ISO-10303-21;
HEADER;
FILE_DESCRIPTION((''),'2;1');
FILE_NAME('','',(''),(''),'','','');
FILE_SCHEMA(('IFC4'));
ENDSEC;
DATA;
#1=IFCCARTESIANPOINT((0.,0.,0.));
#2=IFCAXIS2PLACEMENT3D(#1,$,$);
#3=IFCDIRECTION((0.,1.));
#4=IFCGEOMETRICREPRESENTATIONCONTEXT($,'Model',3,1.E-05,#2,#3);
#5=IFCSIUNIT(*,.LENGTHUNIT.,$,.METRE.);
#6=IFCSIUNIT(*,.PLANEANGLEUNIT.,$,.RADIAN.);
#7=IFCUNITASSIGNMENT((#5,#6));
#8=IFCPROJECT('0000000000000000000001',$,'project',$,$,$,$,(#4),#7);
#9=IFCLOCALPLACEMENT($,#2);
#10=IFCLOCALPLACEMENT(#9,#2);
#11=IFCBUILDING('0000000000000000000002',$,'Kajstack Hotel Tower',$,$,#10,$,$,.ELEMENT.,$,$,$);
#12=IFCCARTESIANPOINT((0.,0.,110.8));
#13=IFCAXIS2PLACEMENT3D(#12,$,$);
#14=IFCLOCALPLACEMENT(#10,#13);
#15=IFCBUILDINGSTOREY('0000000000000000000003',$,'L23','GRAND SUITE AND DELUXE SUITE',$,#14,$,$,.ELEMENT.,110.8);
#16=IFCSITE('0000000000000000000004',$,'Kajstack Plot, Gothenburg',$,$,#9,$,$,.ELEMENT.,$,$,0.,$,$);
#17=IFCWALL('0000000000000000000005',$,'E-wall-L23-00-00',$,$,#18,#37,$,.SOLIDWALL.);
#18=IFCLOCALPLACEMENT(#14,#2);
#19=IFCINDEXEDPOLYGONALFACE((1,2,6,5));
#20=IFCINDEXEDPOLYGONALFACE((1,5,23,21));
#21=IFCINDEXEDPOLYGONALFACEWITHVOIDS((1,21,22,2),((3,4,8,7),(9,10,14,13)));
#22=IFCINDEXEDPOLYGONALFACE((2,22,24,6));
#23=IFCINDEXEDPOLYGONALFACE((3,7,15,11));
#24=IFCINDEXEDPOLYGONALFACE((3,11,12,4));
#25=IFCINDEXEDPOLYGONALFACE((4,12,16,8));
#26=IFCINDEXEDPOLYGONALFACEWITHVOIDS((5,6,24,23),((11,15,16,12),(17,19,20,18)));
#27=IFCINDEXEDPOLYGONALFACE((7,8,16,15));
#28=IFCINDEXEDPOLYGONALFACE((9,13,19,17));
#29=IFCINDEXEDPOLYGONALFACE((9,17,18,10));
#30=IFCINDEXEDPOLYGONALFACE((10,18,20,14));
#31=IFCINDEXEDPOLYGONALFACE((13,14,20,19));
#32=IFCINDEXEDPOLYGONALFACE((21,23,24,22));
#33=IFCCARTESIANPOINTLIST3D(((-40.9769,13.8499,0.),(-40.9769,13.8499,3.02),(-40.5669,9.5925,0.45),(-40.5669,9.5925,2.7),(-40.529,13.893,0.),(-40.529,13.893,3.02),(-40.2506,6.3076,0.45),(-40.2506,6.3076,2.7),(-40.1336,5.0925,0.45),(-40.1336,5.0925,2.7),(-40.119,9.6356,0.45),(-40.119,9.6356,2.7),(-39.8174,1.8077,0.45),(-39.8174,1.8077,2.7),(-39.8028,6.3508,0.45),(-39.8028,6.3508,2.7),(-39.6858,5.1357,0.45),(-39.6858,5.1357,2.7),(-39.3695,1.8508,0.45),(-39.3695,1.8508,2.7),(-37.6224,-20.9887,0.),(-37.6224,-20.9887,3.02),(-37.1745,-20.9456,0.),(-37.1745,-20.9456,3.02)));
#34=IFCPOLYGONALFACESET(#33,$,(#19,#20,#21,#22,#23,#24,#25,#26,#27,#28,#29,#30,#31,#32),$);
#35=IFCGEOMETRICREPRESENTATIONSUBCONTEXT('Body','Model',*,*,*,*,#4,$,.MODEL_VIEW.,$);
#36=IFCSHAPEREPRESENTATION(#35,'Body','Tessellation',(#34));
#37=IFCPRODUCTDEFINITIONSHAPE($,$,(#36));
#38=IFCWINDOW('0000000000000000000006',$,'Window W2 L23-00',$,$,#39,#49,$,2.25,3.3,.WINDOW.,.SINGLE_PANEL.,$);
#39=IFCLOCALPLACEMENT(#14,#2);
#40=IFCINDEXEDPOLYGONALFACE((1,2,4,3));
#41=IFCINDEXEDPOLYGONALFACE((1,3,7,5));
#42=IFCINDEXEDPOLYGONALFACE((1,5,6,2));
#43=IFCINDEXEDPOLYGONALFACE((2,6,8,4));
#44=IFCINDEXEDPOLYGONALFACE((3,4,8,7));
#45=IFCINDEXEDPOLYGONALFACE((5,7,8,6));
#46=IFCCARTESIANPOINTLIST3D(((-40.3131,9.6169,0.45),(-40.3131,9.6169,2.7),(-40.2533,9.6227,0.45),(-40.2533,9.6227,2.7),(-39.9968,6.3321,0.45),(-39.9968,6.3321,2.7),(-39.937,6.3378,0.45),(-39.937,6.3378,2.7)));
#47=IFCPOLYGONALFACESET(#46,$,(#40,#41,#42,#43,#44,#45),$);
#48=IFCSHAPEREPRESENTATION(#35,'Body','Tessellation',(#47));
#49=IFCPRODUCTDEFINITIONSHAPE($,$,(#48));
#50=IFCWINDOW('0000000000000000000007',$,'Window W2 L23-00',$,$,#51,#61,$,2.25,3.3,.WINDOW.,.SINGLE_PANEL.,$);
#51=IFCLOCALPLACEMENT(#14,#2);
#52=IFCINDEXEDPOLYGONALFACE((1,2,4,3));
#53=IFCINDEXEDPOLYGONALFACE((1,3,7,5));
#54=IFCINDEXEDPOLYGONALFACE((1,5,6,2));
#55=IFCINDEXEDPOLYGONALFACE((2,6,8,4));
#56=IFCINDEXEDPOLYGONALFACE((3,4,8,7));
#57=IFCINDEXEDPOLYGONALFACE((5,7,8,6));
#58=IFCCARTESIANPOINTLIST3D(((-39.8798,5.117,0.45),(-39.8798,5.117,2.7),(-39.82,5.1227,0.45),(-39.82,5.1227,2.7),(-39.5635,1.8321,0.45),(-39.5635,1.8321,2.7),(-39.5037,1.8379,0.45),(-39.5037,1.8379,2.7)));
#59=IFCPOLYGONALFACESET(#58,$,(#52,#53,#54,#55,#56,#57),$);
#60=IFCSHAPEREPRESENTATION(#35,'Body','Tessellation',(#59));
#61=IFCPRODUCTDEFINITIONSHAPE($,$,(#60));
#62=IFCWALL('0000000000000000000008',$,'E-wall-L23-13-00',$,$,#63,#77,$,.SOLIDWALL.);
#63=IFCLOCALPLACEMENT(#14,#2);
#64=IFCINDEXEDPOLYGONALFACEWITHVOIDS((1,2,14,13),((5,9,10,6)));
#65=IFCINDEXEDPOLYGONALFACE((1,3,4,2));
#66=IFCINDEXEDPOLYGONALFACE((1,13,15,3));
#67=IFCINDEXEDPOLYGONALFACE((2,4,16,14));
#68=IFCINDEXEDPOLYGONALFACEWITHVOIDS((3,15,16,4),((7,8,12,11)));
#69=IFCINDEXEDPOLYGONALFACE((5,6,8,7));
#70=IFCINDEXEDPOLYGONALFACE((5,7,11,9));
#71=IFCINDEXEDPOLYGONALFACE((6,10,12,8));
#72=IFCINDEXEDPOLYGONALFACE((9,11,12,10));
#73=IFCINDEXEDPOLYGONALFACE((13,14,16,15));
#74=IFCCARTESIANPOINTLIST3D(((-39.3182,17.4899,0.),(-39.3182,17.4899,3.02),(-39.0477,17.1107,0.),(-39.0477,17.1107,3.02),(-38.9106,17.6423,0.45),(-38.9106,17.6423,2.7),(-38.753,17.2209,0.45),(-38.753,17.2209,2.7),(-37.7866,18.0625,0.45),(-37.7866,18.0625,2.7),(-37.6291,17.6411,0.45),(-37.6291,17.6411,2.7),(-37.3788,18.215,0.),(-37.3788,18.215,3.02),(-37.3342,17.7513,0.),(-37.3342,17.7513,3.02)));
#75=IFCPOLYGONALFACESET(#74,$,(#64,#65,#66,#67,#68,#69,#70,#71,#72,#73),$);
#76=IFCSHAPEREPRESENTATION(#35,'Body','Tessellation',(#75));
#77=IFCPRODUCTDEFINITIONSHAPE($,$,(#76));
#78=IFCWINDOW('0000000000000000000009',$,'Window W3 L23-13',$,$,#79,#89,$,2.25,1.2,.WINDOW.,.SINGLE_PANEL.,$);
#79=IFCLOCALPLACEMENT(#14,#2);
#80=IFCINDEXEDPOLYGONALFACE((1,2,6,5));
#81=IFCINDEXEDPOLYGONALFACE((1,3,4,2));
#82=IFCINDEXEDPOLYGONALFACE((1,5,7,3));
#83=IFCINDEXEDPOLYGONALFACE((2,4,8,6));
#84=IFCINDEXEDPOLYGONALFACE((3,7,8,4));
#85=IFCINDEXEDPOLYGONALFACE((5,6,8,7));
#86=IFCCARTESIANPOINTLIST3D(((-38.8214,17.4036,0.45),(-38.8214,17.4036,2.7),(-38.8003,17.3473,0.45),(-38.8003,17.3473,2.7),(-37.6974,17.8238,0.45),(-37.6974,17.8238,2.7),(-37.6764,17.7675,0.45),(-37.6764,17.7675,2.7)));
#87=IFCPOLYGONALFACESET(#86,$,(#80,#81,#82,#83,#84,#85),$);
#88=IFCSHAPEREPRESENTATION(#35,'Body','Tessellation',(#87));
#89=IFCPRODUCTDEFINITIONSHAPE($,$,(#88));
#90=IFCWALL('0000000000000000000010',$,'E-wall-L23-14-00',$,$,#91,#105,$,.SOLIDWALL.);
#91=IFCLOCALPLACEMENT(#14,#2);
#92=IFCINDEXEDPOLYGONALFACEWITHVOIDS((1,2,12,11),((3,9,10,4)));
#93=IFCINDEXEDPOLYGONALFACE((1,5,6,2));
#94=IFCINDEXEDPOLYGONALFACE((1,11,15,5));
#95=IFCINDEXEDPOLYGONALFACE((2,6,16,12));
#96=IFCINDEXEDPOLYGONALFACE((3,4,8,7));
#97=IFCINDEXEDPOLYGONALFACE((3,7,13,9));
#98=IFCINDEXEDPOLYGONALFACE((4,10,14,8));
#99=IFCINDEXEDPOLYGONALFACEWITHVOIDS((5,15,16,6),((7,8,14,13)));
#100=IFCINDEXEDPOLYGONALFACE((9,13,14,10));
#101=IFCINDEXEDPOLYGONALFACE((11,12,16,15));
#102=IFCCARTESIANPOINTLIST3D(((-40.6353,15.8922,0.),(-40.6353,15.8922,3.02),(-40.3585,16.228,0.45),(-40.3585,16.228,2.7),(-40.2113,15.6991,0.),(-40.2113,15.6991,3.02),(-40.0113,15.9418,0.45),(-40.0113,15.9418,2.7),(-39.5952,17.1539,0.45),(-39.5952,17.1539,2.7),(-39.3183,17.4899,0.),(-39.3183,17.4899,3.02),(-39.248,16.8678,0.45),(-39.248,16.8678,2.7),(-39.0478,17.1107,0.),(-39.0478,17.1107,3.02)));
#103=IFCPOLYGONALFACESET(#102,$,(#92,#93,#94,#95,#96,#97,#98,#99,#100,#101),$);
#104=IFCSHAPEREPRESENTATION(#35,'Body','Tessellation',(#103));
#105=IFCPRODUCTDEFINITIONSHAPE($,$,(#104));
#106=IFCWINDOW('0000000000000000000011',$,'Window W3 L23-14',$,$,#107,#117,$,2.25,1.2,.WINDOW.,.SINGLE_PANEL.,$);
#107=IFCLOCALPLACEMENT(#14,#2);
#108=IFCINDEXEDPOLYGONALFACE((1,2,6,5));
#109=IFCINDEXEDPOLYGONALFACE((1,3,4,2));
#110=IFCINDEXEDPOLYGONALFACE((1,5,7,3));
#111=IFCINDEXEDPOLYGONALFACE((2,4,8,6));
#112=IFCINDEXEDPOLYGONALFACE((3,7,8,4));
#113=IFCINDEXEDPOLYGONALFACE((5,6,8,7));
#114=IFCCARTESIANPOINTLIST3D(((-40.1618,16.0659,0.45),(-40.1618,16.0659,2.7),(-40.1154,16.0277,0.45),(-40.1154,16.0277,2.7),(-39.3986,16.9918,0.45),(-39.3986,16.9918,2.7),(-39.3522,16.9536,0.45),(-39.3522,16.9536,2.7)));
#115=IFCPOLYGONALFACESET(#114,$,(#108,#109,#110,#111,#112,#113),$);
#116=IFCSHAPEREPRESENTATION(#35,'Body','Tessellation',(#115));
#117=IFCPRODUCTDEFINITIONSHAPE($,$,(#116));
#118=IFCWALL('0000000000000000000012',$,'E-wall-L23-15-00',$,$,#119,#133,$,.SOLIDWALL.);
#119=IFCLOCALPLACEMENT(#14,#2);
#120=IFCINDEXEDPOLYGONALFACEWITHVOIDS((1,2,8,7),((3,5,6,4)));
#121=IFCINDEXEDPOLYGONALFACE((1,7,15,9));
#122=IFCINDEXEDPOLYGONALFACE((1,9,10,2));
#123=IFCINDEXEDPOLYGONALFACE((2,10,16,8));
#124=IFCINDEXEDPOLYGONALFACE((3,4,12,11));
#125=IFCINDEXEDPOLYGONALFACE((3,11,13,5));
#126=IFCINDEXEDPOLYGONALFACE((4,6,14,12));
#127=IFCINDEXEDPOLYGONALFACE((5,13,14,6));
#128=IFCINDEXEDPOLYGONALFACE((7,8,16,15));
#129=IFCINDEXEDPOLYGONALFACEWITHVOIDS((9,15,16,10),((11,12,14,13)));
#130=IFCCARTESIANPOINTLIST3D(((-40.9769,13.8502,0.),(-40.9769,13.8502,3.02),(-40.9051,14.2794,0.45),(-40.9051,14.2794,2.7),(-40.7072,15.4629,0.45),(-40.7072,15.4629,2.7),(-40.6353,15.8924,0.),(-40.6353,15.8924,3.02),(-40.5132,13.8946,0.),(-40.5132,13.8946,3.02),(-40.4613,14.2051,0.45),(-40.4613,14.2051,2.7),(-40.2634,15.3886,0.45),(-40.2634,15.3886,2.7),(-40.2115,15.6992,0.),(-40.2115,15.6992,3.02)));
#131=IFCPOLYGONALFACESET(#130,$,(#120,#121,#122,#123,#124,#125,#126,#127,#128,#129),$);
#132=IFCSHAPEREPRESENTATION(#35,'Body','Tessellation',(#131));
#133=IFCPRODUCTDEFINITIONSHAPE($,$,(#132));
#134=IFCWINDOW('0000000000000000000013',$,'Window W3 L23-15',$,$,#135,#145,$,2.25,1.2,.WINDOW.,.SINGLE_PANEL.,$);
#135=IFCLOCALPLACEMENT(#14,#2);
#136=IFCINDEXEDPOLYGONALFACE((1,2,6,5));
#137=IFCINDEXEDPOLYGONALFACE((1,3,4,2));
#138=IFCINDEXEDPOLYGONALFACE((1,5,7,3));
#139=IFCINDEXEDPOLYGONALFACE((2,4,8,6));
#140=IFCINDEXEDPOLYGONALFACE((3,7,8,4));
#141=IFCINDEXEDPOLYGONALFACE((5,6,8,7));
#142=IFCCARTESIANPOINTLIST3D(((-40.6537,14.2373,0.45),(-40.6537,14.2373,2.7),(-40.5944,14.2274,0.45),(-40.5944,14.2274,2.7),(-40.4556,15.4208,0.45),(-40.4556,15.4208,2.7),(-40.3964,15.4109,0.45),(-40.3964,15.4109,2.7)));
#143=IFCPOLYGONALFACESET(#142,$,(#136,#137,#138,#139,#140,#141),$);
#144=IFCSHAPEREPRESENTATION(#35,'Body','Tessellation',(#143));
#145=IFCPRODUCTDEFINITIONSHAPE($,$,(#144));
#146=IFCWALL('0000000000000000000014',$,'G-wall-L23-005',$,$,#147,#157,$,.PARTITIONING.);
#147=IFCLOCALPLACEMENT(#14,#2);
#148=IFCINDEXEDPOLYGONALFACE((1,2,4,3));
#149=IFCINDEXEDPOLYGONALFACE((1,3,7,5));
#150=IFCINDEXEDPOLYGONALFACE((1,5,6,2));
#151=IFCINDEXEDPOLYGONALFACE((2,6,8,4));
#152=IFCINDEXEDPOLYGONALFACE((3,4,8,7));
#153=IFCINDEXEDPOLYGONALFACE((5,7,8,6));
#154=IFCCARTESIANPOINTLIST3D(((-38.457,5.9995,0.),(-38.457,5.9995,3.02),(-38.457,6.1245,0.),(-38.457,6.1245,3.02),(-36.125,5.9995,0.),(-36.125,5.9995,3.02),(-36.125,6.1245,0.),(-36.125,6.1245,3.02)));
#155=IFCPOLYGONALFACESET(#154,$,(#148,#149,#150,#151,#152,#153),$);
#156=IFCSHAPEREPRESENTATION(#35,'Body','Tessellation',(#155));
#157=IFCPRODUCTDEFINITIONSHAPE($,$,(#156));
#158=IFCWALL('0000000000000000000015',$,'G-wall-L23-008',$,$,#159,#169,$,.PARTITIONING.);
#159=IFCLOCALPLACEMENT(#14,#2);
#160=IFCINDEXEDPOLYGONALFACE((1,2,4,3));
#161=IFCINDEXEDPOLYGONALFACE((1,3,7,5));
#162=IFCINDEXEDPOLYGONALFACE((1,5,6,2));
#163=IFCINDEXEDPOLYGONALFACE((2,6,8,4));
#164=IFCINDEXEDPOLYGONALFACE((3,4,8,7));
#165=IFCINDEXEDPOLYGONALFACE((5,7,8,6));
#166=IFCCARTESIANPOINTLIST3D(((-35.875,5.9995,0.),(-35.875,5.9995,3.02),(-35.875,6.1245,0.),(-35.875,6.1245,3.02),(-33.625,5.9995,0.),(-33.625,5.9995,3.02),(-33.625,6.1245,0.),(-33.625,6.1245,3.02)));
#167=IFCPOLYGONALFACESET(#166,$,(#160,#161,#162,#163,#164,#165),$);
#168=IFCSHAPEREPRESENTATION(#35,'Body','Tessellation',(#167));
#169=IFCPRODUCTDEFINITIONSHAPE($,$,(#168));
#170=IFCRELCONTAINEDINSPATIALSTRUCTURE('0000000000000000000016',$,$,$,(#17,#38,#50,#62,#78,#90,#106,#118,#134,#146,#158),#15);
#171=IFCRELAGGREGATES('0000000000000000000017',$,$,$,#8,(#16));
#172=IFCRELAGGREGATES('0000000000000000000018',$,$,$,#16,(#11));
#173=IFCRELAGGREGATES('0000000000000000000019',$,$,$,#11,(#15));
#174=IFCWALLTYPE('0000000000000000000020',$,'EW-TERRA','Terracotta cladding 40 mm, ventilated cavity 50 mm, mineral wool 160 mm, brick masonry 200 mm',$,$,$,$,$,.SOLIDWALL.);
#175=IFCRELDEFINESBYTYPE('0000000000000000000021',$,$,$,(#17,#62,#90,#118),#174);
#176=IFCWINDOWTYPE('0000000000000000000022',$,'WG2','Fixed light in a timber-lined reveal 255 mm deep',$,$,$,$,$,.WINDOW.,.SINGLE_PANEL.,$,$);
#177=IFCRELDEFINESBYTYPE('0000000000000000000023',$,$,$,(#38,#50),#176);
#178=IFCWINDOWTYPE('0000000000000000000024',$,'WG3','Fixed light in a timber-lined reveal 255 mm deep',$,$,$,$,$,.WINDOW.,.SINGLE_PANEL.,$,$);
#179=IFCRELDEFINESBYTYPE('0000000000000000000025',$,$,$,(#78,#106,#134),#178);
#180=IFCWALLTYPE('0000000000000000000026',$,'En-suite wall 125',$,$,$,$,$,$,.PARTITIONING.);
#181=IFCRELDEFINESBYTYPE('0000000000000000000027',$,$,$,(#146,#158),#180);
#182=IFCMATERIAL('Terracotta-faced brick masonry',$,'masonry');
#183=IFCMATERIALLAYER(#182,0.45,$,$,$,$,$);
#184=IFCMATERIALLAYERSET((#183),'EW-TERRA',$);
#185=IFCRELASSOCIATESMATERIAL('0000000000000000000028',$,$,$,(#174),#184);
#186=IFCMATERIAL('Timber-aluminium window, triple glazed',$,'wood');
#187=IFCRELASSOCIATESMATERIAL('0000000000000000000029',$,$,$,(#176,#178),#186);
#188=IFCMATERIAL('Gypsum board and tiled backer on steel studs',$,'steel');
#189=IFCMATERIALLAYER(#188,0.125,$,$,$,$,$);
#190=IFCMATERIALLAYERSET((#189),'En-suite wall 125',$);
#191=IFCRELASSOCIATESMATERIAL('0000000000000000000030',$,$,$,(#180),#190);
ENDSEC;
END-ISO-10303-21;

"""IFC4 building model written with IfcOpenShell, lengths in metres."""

from ifc_helpers import new_model, si_unit, direction, frame, frame_2d, origin, place, context, subcontext, project, spatial, polyline, rectangle, outline, extrude, material, layer, layer_set, type_object, element, fill, save


model = new_model("IFC4")

# Units and contexts
model_context = context("Model", 3, precision=1e-05, world=origin(), true_north=direction((0.0, 1.0)))
body_context = subcontext(model_context, "Body", "Model", "MODEL_VIEW")
ifc_project = project(units=[si_unit("LENGTHUNIT", "METRE"), si_unit("PLANEANGLEUNIT", "RADIAN")], contexts=[model_context])

# Site, building, storey
site_placement = place(None, origin())
site = spatial("IfcSite", under=ifc_project, at=site_placement, Name="Kajstack Plot, Gothenburg", CompositionType="ELEMENT", RefElevation=0.0)
building_placement = place(site_placement, origin())
building = spatial("IfcBuilding", under=site, at=building_placement, Name="Kajstack Hotel Tower", CompositionType="ELEMENT")
storey_placement = place(building_placement, frame((0.0, 0.0, 110.8)))
storey = spatial("IfcBuildingStorey", under=building, at=storey_placement, Name="L23", Description="GRAND SUITE AND DELUXE SUITE", CompositionType="ELEMENT", Elevation=110.8)

# Wall, openings, windows
ifc_material_1 = material(Name="Terracotta-faced brick masonry", Category="masonry")
ifc_layer_1 = layer(ifc_material_1, 0.45)
ifc_layer_set_1 = layer_set([ifc_layer_1], Name="EW-TERRA")
wall_type_1 = type_object("IfcWallType", Name="EW-TERRA", Description="Terracotta cladding 40 mm, ventilated cavity 50 mm, mineral wool 160 mm, brick masonry 200 mm", PredefinedType="SOLIDWALL", material=ifc_layer_set_1)
wall_1_placement = place(storey_placement, frame((-40.7529, 13.8716, 0.0), z_axis=(0.0, 0.0, 1.0), x_axis=(0.095843, -0.995396, 0.0)))
wall_1 = element("IfcWall", 1, at=wall_1_placement, inside=storey, type_object=wall_type_1, Name="E-wall-L23-00-00", PredefinedType="SOLIDWALL", context=body_context, shape_type="SweptSolid", body=[
    extrude(rectangle(XDim=34.9998, YDim=0.45, at=frame_2d((17.5, 0.0))), origin(), (0.0, 0.0, 1.0), 3.02),
])
opening_1_placement = place(wall_1_placement, frame((4.2773, 0.0, 0.45)))
opening_1 = element("IfcOpeningElement", 2, at=opening_1_placement, cuts=wall_1, PredefinedType="OPENING", context=body_context, shape_type="SweptSolid", body=[
    extrude(rectangle(XDim=3.3, YDim=2.25, at=frame_2d((1.6499, 1.125))), frame((0.0, 0.2349, 0.0), z_axis=(0.0, -1.0, 0.0), x_axis=(1.0, 0.0, 0.0)), (0.0, 0.0, 1.0), 0.47),
])
opening_2_placement = place(wall_1_placement, frame((8.7981, 0.0, 0.45)))
opening_2 = element("IfcOpeningElement", 3, at=opening_2_placement, cuts=wall_1, PredefinedType="OPENING", context=body_context, shape_type="SweptSolid", body=[
    extrude(rectangle(XDim=3.3, YDim=2.25, at=frame_2d((1.6499, 1.125))), frame((0.0, 0.2349, 0.0), z_axis=(0.0, -1.0, 0.0), x_axis=(1.0, 0.0, 0.0)), (0.0, 0.0, 1.0), 0.47),
])
ifc_material_2 = material(Name="Timber-aluminium window, triple glazed", Category="wood")
window_type_1 = type_object("IfcWindowType", Name="WG2", Description="Fixed light in a timber-lined reveal 255 mm deep", PartitioningType="SINGLE_PANEL", PredefinedType="WINDOW", material=ifc_material_2)
window_1_placement = place(opening_1_placement, origin())
window_1 = element("IfcWindow", 4, at=window_1_placement, inside=storey, type_object=window_type_1, Name="Window W2 L23-00", OverallHeight=2.25, OverallWidth=3.3, PartitioningType="SINGLE_PANEL", PredefinedType="WINDOW", context=body_context, shape_type="SweptSolid", body=[
    extrude(rectangle(XDim=3.3, YDim=2.25, at=frame_2d((1.6499, 1.125))), frame((0.0, 0.0901, 0.0), z_axis=(0.0, -1.0, 0.0), x_axis=(1.0, 0.0, 0.0)), (0.0, 0.0, 1.0), 0.0601),
])
fill(opening_1, window_1)
window_2_placement = place(opening_2_placement, origin())
window_2 = element("IfcWindow", 5, at=window_2_placement, inside=storey, type_object=window_type_1, Name="Window W2 L23-00", OverallHeight=2.25, OverallWidth=3.3, PartitioningType="SINGLE_PANEL", PredefinedType="WINDOW", context=body_context, shape_type="SweptSolid", body=[
    extrude(rectangle(XDim=3.3, YDim=2.25, at=frame_2d((1.6499, 1.125))), frame((0.0, 0.0901, 0.0), z_axis=(0.0, -1.0, 0.0), x_axis=(1.0, 0.0, 0.0)), (0.0, 0.0, 1.0), 0.0601),
])
fill(opening_2, window_2)

# Walls, openings, windows
wall_2_placement = place(storey_placement, frame((-37.3, 18.0044, 0.0), z_axis=(0.0, 0.0, 1.0), x_axis=(-0.936678, -0.350193, 0.0)))
wall_2 = element("IfcWall", 6, at=wall_2_placement, inside=storey, type_object=wall_type_1, Name="E-wall-L23-13-00", PredefinedType="SOLIDWALL", context=body_context, shape_type="SweptSolid", body=[
    extrude(outline(polyline([(0.0, -0.2249), (2.0706, -0.2249), (1.95, 0.2251), (0.1206, 0.2251), (0.0, -0.2249)])), origin(), (0.0, 0.0, 1.0), 3.02),
])
opening_3_placement = place(wall_2_placement, frame((0.4353, 0.0, 0.45)))
opening_3 = element("IfcOpeningElement", 7, at=opening_3_placement, cuts=wall_2, PredefinedType="OPENING", context=body_context, shape_type="SweptSolid", body=[
    extrude(rectangle(XDim=1.2, YDim=2.25, at=frame_2d((0.6001, 1.125))), frame((0.0, 0.2349, 0.0), z_axis=(0.0, -1.0, 0.0), x_axis=(1.0, 0.0, 0.0)), (0.0, 0.0, 1.0), 0.47),
])
window_type_2 = type_object("IfcWindowType", Name="WG3", Description="Fixed light in a timber-lined reveal 255 mm deep", PartitioningType="SINGLE_PANEL", PredefinedType="WINDOW", material=ifc_material_2)
window_3_placement = place(opening_3_placement, origin())
window_3 = element("IfcWindow", 8, at=window_3_placement, inside=storey, type_object=window_type_2, Name="Window W3 L23-13", OverallHeight=2.25, OverallWidth=1.2, PartitioningType="SINGLE_PANEL", PredefinedType="WINDOW", context=body_context, shape_type="SweptSolid", body=[
    extrude(rectangle(XDim=1.2, YDim=2.25, at=frame_2d((0.6001, 1.125))), frame((0.0, 0.0901, 0.0), z_axis=(0.0, -1.0, 0.0), x_axis=(1.0, 0.0, 0.0)), (0.0, 0.0, 1.0), 0.0601),
])
fill(opening_3, window_3)
wall_3_placement = place(storey_placement, frame((-39.1448, 17.3469, 0.0), z_axis=(0.0, 0.0, 1.0), x_axis=(-0.636046, -0.771651, 0.0)))
wall_3 = element("IfcWall", 9, at=wall_3_placement, inside=storey, type_object=wall_type_1, Name="E-wall-L23-14-00", PredefinedType="SOLIDWALL", context=body_context, shape_type="SweptSolid", body=[
    extrude(outline(polyline([(0.0, -0.2249), (2.0706, -0.2249), (1.95, 0.2251), (0.1206, 0.2251), (0.0, -0.2249)])), origin(), (0.0, 0.0, 1.0), 3.02),
])
opening_4_placement = place(wall_3_placement, frame((0.4353, 0.0, 0.45)))
opening_4 = element("IfcOpeningElement", 10, at=opening_4_placement, cuts=wall_3, PredefinedType="OPENING", context=body_context, shape_type="SweptSolid", body=[
    extrude(rectangle(XDim=1.2, YDim=2.25, at=frame_2d((0.6001, 1.125))), frame((0.0, 0.2349, 0.0), z_axis=(0.0, -1.0, 0.0), x_axis=(1.0, 0.0, 0.0)), (0.0, 0.0, 1.0), 0.47),
])
window_4_placement = place(opening_4_placement, origin())
window_4 = element("IfcWindow", 11, at=window_4_placement, inside=storey, type_object=window_type_2, Name="Window W3 L23-14", OverallHeight=2.25, OverallWidth=1.2, PartitioningType="SINGLE_PANEL", PredefinedType="WINDOW", context=body_context, shape_type="SweptSolid", body=[
    extrude(rectangle(XDim=1.2, YDim=2.25, at=frame_2d((0.6001, 1.125))), frame((0.0, 0.0901, 0.0), z_axis=(0.0, -1.0, 0.0), x_axis=(1.0, 0.0, 0.0)), (0.0, 0.0, 1.0), 0.0601),
])
fill(opening_4, window_4)
wall_4_placement = place(storey_placement, frame((-40.4133, 15.8552, 0.0), z_axis=(0.0, 0.0, 1.0), x_axis=(-0.165068, -0.986282, 0.0)))
wall_4 = element("IfcWall", 12, at=wall_4_placement, inside=storey, type_object=wall_type_1, Name="E-wall-L23-15-00", PredefinedType="SOLIDWALL", context=body_context, shape_type="SweptSolid", body=[
    extrude(outline(polyline([(0.0, -0.2251), (2.0706, -0.2249), (1.9502, 0.2251), (0.1206, 0.2249), (0.0, -0.2251)])), origin(), (0.0, 0.0, 1.0), 3.02),
])
opening_5_placement = place(wall_4_placement, frame((0.4353, 0.0, 0.45)))
opening_5 = element("IfcOpeningElement", 13, at=opening_5_placement, cuts=wall_4, PredefinedType="OPENING", context=body_context, shape_type="SweptSolid", body=[
    extrude(rectangle(XDim=1.2, YDim=2.25, at=frame_2d((0.6001, 1.125))), frame((0.0, 0.2349, 0.0), z_axis=(0.0, -1.0, 0.0), x_axis=(1.0, 0.0, 0.0)), (0.0, 0.0, 1.0), 0.47),
])
window_5_placement = place(opening_5_placement, origin())
window_5 = element("IfcWindow", 14, at=window_5_placement, inside=storey, type_object=window_type_2, Name="Window W3 L23-15", OverallHeight=2.25, OverallWidth=1.2, PartitioningType="SINGLE_PANEL", PredefinedType="WINDOW", context=body_context, shape_type="SweptSolid", body=[
    extrude(rectangle(XDim=1.2, YDim=2.25, at=frame_2d((0.6001, 1.125))), frame((0.0, 0.0901, 0.0), z_axis=(0.0, -1.0, 0.0), x_axis=(1.0, 0.0, 0.0)), (0.0, 0.0, 1.0), 0.0601),
])
fill(opening_5, window_5)

# Walls
ifc_material_3 = material(Name="Gypsum board and tiled backer on steel studs", Category="steel")
ifc_layer_2 = layer(ifc_material_3, 0.125)
ifc_layer_set_2 = layer_set([ifc_layer_2], Name="En-suite wall 125")
wall_type_2 = type_object("IfcWallType", Name="En-suite wall 125", PredefinedType="PARTITIONING", material=ifc_layer_set_2)
wall_5_placement = place(storey_placement, frame((-38.457, 6.062, 0.0), z_axis=(0.0, 0.0, 1.0), x_axis=(1.0, 0.0, 0.0)))
element("IfcWall", 15, at=wall_5_placement, inside=storey, type_object=wall_type_2, Name="G-wall-L23-005", PredefinedType="PARTITIONING", context=body_context, shape_type="SweptSolid", body=[
    extrude(rectangle(XDim=2.332, YDim=0.125, at=frame_2d((1.166, 0.0))), origin(), (0.0, 0.0, 1.0), 3.02),
])
wall_6_placement = place(storey_placement, frame((-35.875, 6.062, 0.0), z_axis=(0.0, 0.0, 1.0), x_axis=(1.0, 0.0, 0.0)))
element("IfcWall", 16, at=wall_6_placement, inside=storey, type_object=wall_type_2, Name="G-wall-L23-008", PredefinedType="PARTITIONING", context=body_context, shape_type="SweptSolid", body=[
    extrude(rectangle(XDim=2.25, YDim=0.125, at=frame_2d((1.125, 0.0))), origin(), (0.0, 0.0, 1.0), 3.02),
])

save(model, "model.ifc")
